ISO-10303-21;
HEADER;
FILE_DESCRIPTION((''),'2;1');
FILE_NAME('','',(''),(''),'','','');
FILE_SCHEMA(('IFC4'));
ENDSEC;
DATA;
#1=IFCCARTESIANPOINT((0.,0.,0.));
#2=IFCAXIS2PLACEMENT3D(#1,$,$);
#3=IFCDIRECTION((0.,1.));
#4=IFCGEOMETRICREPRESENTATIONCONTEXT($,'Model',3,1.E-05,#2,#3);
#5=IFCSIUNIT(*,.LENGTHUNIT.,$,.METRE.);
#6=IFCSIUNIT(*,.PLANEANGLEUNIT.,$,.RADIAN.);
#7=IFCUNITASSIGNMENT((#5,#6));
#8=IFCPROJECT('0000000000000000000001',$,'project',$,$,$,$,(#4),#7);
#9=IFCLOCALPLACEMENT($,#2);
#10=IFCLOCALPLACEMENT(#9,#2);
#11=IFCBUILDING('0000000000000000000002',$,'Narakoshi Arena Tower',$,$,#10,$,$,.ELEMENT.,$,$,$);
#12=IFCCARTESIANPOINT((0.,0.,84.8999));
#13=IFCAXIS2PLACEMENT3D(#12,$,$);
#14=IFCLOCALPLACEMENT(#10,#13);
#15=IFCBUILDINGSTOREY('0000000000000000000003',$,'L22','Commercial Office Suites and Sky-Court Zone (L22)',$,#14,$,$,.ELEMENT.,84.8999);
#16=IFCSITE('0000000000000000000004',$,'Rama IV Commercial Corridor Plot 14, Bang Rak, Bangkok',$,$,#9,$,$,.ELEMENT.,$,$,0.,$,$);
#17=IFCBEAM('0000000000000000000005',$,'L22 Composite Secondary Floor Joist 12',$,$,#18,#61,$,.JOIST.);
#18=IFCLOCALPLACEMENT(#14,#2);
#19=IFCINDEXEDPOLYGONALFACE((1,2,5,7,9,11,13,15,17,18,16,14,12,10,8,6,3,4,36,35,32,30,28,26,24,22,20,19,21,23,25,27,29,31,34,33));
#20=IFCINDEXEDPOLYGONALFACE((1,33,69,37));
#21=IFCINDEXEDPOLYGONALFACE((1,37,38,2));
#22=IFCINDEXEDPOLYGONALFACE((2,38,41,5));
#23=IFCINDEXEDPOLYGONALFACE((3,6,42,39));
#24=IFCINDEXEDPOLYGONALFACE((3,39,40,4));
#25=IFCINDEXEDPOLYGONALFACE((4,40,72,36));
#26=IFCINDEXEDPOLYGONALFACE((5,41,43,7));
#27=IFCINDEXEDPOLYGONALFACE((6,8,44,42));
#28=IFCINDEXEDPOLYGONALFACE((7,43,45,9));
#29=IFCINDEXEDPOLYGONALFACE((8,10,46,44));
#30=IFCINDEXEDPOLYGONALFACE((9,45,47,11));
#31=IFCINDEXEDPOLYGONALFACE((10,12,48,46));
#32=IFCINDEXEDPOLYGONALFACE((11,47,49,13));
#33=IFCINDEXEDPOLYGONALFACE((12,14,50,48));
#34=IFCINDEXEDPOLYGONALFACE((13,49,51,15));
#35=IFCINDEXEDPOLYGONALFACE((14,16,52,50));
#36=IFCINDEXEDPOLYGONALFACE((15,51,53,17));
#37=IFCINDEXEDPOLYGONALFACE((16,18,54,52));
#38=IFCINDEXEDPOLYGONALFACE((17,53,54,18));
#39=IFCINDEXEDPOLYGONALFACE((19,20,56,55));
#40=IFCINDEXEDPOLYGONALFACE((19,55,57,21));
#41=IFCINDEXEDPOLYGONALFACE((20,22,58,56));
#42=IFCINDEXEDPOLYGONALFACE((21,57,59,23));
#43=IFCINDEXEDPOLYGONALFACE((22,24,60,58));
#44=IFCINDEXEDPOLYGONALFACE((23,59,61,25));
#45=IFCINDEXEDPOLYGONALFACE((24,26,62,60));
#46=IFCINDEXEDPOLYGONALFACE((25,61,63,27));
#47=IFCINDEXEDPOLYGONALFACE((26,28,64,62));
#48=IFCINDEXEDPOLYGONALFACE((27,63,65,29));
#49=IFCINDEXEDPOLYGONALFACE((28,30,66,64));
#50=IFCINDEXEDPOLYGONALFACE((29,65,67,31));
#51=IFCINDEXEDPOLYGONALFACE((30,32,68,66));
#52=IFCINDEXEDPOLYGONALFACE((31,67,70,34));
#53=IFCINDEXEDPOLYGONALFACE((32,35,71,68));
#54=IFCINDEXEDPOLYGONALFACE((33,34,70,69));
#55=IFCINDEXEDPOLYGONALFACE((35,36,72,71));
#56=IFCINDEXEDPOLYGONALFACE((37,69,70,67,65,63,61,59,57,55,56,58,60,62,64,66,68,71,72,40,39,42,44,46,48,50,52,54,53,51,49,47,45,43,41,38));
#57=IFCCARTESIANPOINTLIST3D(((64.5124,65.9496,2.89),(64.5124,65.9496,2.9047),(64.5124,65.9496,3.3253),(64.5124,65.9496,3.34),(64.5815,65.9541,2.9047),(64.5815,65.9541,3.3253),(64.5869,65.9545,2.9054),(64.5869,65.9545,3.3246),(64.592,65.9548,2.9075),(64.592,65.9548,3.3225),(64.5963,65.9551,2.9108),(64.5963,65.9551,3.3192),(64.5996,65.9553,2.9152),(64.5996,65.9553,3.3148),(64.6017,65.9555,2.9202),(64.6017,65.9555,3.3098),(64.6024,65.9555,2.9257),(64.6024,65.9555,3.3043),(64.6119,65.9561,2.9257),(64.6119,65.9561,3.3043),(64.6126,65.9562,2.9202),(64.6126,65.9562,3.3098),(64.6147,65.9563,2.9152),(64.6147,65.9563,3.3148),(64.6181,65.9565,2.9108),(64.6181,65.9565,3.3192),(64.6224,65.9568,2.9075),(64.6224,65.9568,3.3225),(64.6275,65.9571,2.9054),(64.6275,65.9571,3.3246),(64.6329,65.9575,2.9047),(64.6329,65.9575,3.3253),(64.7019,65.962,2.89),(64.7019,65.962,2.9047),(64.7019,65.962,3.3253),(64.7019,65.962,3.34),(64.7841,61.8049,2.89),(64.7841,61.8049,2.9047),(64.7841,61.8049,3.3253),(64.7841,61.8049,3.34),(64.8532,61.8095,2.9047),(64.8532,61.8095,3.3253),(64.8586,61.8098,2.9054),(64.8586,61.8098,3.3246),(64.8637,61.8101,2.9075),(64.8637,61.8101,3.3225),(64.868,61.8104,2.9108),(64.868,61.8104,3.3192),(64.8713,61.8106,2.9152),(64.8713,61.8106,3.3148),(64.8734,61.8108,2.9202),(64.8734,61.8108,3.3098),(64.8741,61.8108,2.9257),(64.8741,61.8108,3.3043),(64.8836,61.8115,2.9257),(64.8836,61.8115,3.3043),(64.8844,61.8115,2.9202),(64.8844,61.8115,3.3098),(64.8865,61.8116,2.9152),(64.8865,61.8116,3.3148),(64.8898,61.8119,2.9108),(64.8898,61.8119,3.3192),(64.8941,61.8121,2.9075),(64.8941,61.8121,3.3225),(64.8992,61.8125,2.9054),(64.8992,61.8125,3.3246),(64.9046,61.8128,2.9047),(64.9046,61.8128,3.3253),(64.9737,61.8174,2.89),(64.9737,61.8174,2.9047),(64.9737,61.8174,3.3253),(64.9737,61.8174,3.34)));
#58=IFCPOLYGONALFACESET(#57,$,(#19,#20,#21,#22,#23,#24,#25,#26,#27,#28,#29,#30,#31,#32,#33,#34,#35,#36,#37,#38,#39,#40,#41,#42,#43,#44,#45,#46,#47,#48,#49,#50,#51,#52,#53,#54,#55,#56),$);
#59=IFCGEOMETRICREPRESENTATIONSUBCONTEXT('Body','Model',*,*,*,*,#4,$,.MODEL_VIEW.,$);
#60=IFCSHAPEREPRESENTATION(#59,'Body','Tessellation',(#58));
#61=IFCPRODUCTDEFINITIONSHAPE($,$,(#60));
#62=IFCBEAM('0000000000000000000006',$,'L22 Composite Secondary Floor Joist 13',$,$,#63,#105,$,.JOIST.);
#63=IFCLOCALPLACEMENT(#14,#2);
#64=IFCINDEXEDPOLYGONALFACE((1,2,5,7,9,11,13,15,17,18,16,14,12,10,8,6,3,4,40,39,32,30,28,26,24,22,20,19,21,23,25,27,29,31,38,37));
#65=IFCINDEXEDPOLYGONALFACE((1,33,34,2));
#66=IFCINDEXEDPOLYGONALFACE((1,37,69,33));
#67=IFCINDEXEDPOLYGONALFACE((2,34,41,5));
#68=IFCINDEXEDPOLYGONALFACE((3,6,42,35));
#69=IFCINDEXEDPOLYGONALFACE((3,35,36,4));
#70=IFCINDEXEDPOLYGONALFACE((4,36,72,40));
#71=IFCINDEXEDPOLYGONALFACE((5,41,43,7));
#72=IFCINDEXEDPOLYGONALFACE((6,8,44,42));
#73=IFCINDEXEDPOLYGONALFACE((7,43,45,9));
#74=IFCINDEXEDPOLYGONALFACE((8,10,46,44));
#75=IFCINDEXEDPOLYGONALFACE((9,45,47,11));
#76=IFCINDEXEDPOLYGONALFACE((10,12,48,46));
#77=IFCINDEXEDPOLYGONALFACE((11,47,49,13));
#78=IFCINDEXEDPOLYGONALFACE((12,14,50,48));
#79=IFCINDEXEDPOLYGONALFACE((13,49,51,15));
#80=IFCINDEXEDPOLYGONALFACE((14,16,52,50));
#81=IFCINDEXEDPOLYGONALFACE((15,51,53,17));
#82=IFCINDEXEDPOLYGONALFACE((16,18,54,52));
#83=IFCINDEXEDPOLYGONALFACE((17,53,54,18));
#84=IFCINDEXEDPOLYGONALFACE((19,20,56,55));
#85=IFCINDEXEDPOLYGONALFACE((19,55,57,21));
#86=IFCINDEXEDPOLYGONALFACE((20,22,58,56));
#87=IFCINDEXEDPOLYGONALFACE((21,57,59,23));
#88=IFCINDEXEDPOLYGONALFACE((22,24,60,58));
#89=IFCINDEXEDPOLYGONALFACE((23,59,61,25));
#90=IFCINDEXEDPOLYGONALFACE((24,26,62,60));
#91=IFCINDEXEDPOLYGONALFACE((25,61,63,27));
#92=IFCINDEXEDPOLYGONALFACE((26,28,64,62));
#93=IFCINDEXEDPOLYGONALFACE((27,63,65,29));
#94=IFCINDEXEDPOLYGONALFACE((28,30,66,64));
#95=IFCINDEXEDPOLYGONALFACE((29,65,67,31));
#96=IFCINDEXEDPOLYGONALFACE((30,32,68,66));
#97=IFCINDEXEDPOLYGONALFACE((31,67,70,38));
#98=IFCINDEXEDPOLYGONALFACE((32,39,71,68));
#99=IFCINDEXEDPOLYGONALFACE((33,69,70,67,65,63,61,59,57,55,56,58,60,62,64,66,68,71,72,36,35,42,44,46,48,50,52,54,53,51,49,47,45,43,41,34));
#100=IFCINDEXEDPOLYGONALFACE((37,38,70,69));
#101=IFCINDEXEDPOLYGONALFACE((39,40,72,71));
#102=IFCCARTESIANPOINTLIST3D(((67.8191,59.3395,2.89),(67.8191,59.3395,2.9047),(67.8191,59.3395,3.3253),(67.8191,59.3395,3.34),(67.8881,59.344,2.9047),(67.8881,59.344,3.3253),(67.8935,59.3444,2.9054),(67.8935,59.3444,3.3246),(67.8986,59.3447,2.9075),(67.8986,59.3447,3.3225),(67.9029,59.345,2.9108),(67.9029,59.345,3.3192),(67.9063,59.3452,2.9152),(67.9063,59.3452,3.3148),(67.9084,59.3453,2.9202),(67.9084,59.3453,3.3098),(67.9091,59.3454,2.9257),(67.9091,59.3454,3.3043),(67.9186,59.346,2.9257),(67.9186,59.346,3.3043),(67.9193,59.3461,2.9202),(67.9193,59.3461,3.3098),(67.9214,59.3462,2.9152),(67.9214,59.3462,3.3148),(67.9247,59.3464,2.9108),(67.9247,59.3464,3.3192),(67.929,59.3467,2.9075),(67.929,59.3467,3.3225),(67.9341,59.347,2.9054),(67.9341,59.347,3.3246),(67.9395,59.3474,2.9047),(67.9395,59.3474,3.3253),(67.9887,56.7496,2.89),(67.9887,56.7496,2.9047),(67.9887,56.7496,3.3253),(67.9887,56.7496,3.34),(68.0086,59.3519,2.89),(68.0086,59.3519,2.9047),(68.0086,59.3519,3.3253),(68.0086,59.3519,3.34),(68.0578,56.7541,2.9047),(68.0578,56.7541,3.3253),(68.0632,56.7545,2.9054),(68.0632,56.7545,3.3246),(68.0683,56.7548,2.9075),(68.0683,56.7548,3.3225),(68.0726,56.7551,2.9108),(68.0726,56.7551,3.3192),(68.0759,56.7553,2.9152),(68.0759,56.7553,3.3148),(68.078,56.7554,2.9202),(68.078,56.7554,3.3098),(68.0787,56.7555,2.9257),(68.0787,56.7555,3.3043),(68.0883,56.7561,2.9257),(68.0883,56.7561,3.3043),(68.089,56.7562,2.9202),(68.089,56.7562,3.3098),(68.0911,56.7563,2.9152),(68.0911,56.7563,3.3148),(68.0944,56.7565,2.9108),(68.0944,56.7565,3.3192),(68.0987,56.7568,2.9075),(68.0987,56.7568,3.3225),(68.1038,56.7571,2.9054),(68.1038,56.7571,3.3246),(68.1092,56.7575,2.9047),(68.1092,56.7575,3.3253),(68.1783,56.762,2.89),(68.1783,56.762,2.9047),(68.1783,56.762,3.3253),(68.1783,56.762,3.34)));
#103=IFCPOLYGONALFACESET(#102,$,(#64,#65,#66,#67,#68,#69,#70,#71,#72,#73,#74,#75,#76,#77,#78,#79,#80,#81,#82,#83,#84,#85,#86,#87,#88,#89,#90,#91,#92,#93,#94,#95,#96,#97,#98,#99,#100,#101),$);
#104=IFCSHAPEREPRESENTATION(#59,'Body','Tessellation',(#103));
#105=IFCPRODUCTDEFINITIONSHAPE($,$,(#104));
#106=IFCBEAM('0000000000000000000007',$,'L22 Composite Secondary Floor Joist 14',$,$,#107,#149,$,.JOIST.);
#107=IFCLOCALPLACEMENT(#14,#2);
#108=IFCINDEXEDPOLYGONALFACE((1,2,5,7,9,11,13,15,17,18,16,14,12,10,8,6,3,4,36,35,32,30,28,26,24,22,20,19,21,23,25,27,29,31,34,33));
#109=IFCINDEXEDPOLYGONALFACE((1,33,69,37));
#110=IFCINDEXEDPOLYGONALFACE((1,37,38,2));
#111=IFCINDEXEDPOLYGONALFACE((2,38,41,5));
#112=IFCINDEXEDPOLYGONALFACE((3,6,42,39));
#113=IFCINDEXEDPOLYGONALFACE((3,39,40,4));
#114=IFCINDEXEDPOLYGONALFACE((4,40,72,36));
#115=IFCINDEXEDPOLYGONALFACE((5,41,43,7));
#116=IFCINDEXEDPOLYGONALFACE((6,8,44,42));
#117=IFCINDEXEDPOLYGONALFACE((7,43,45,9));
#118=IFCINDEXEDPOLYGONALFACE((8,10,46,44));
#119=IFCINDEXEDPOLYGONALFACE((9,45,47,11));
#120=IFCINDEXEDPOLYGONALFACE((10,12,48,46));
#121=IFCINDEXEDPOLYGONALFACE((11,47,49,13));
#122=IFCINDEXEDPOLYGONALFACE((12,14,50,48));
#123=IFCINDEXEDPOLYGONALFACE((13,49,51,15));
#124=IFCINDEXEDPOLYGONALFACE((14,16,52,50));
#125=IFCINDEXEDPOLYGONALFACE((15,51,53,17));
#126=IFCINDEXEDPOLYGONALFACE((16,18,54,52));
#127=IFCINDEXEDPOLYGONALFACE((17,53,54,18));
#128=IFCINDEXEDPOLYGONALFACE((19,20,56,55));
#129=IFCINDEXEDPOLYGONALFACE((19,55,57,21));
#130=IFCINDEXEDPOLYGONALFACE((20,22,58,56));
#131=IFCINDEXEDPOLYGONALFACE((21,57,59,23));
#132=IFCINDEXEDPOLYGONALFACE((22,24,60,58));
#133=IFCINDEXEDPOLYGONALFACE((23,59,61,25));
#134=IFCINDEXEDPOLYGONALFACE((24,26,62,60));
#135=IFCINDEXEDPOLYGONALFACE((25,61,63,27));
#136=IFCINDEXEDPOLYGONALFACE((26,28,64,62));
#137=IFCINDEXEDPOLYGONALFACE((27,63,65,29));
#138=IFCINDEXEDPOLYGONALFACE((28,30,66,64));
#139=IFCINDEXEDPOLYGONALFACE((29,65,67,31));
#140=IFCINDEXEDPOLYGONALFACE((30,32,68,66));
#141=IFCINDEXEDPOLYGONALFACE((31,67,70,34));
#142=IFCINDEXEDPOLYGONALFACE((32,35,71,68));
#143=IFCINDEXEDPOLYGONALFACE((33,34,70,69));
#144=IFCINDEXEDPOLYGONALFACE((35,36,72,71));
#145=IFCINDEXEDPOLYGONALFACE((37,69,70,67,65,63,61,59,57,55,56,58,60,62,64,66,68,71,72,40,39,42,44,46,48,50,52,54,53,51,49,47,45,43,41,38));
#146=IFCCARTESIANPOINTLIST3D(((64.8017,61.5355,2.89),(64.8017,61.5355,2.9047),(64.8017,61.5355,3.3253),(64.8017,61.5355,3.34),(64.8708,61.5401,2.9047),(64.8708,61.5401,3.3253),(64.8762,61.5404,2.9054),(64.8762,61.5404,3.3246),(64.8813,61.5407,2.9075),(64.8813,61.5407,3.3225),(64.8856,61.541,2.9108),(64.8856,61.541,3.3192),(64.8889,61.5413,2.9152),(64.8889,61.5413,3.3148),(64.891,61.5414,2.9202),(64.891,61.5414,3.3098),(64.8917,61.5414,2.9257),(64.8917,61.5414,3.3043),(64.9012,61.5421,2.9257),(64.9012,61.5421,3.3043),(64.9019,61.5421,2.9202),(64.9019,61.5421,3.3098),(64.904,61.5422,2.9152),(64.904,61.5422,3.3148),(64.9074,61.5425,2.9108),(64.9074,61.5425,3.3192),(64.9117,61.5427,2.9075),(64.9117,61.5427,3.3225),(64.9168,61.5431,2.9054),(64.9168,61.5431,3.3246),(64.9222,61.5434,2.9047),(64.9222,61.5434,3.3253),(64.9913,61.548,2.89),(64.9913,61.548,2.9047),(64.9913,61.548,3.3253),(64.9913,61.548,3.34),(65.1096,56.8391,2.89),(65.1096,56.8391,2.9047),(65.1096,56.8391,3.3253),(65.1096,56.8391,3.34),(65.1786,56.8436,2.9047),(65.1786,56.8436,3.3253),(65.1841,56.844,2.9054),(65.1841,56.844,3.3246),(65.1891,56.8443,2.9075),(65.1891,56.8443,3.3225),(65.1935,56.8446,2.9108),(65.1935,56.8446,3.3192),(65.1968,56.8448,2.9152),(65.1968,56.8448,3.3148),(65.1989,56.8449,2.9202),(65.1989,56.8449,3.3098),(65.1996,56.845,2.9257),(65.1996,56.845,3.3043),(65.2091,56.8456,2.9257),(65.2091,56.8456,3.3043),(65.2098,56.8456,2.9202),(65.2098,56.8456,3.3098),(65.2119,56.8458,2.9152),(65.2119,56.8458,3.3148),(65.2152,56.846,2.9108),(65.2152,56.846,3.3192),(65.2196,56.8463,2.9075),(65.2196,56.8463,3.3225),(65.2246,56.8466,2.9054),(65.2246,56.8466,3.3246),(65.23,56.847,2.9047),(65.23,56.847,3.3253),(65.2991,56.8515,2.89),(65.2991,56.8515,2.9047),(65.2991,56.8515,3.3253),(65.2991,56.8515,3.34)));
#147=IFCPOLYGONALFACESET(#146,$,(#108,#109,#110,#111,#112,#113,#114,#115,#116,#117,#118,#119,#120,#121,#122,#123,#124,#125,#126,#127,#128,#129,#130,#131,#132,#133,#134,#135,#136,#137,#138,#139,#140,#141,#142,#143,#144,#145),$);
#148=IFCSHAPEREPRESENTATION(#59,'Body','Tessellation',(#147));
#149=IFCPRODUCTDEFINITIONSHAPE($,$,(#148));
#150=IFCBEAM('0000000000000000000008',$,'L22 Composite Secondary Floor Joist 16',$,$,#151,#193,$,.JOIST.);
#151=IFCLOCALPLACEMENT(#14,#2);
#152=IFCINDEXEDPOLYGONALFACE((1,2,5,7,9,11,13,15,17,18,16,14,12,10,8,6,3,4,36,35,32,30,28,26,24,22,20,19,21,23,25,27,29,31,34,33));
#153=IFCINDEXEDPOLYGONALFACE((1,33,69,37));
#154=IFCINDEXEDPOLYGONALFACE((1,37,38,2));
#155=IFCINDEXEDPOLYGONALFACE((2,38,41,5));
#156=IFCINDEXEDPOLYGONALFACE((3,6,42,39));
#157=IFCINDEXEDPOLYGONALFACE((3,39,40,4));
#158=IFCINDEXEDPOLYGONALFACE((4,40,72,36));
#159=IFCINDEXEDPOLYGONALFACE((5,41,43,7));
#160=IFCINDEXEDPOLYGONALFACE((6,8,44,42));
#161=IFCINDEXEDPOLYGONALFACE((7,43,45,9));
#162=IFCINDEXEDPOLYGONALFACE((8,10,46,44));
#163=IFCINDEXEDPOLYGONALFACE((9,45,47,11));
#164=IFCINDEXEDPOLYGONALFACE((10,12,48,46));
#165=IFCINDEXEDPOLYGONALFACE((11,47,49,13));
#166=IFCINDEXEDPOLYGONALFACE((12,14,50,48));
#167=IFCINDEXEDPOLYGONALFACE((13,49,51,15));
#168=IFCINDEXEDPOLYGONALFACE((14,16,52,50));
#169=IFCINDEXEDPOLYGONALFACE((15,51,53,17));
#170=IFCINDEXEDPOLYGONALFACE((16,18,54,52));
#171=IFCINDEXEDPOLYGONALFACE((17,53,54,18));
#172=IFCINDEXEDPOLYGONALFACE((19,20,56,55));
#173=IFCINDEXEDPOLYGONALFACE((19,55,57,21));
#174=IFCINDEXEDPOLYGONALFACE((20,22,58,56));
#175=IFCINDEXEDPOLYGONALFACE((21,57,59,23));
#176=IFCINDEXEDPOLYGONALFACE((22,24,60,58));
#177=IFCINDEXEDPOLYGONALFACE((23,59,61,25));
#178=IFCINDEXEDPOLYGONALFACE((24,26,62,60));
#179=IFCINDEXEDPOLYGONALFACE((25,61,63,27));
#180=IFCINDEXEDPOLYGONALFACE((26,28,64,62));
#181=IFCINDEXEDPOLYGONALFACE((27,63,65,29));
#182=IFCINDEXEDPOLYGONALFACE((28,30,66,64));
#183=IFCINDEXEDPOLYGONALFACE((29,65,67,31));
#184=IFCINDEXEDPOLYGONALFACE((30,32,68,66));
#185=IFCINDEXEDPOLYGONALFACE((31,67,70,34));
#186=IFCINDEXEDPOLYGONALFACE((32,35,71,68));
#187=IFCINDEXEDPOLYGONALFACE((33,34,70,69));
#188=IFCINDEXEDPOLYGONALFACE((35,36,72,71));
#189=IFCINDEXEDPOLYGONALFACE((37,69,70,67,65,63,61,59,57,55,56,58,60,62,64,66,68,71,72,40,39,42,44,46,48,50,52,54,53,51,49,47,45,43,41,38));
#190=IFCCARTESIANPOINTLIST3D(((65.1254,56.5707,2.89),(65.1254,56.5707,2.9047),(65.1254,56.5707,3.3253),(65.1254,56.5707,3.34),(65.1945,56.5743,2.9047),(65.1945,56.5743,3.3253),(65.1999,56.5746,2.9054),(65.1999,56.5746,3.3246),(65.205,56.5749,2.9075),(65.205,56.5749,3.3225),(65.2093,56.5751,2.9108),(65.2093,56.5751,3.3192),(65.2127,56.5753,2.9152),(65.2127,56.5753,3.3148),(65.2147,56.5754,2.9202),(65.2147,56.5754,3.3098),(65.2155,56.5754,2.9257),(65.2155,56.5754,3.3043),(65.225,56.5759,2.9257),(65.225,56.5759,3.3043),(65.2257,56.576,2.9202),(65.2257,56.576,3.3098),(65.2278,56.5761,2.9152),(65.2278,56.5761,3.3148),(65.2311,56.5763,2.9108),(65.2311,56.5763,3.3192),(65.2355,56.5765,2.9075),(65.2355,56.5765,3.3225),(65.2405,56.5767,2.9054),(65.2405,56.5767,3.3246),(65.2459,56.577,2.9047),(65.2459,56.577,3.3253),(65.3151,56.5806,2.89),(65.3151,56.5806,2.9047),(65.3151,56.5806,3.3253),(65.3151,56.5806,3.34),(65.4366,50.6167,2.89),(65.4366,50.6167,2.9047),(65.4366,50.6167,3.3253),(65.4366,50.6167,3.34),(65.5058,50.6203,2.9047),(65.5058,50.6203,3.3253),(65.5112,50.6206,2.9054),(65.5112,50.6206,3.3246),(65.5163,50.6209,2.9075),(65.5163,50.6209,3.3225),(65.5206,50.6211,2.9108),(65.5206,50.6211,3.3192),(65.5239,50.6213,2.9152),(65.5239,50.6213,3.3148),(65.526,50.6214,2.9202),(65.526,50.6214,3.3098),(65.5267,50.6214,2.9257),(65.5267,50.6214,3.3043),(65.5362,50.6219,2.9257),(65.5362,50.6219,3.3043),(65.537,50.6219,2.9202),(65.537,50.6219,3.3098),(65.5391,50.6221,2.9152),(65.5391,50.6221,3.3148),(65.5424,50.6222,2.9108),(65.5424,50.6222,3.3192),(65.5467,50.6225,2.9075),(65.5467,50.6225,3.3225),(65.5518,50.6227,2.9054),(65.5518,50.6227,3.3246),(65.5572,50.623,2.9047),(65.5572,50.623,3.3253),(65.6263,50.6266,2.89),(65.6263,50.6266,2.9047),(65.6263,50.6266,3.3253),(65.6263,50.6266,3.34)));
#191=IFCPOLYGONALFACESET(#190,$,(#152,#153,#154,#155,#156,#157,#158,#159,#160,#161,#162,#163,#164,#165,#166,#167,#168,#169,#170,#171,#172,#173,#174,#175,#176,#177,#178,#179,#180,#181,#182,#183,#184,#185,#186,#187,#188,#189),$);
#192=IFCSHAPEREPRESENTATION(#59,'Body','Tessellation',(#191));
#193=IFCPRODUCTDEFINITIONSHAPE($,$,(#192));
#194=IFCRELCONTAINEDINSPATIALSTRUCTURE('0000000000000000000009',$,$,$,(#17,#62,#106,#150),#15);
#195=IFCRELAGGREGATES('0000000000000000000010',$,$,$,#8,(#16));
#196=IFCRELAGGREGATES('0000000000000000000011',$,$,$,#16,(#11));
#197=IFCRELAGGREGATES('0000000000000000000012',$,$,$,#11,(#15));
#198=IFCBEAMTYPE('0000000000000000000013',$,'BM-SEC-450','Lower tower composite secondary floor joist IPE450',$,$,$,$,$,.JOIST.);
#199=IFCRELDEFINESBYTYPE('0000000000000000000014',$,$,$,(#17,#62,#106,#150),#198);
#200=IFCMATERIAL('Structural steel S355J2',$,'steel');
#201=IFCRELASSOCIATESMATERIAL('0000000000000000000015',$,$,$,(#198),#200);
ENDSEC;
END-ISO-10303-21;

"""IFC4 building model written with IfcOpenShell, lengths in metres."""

from ifc_helpers import new_model, si_unit, direction, frame, origin, origin_2d, place, context, subcontext, project, spatial, i_section, extrude, material, material_profile, profile_set, type_object, element, save


model = new_model("IFC4")

# Units and contexts
model_context = context("Model", 3, precision=1e-05, world=origin(), true_north=direction((0.0, 1.0)))
body_context = subcontext(model_context, "Body", "Model", "MODEL_VIEW")
ifc_project = project(units=[si_unit("LENGTHUNIT", "METRE"), si_unit("PLANEANGLEUNIT", "RADIAN")], contexts=[model_context])

# Site, building, storey
site_placement = place(None, origin())
site = spatial("IfcSite", under=ifc_project, at=site_placement, Name="Rama IV Commercial Corridor Plot 14, Bang Rak, Bangkok", CompositionType="ELEMENT", RefElevation=0.0)
building_placement = place(site_placement, origin())
building = spatial("IfcBuilding", under=site, at=building_placement, Name="Narakoshi Arena Tower", CompositionType="ELEMENT")
storey_placement = place(building_placement, frame((0.0, 0.0, 84.8999)))
storey = spatial("IfcBuildingStorey", under=building, at=storey_placement, Name="L22", Description="Commercial Office Suites and Sky-Court Zone (L22)", CompositionType="ELEMENT", Elevation=84.8999)

# Beams
ifc_material_1 = material(Name="Structural steel S355J2", Category="steel")
ifc_material_profile_1 = material_profile(ifc_material_1, i_section(OverallWidth=0.1899, OverallDepth=0.45, WebThickness=0.0095, FlangeThickness=0.0146, FilletRadius=0.021, at=origin_2d()), Name="IPE450")
ifc_profile_set_1 = profile_set([ifc_material_profile_1], Name="Structural steel S355J2")
beam_type_1 = type_object("IfcBeamType", Name="BM-SEC-450", Description="Lower tower composite secondary floor joist IPE450", PredefinedType="JOIST", material=ifc_profile_set_1)
beam_1_placement = place(storey_placement, frame((64.6072, 65.9558, 3.115), z_axis=(0.065419, -0.997858, 0.0), x_axis=(0.997858, 0.065419, 0.0)))
element("IfcBeam", 1, at=beam_1_placement, inside=storey, type_object=beam_type_1, Name="L22 Composite Secondary Floor Joist 12", PredefinedType="JOIST", context=body_context, shape_type="SweptSolid", body=[
    extrude(i_section(OverallWidth=0.1899, OverallDepth=0.45, WebThickness=0.0095, FlangeThickness=0.0146, FilletRadius=0.021, at=origin_2d()), origin(), (0.0, 0.0, 1.0), 4.1536),
])
beam_2_placement = place(storey_placement, frame((67.9138, 59.3457, 3.115), z_axis=(0.065376, -0.997861, 0.0), x_axis=(0.997861, 0.065376, 0.0)))
element("IfcBeam", 2, at=beam_2_placement, inside=storey, type_object=beam_type_1, Name="L22 Composite Secondary Floor Joist 13", PredefinedType="JOIST", context=body_context, shape_type="SweptSolid", body=[
    extrude(i_section(OverallWidth=0.1899, OverallDepth=0.45, WebThickness=0.0095, FlangeThickness=0.0146, FilletRadius=0.021, at=origin_2d()), origin(), (0.0, 0.0, 1.0), 2.5955),
])
beam_3_placement = place(storey_placement, frame((64.8965, 61.5417, 3.115), z_axis=(0.06541, -0.997858, 0.0), x_axis=(0.997858, 0.06541, 0.0)))
element("IfcBeam", 3, at=beam_3_placement, inside=storey, type_object=beam_type_1, Name="L22 Composite Secondary Floor Joist 14", PredefinedType="JOIST", context=body_context, shape_type="SweptSolid", body=[
    extrude(i_section(OverallWidth=0.1899, OverallDepth=0.45, WebThickness=0.0095, FlangeThickness=0.0146, FilletRadius=0.021, at=origin_2d()), origin(), (0.0, 0.0, 1.0), 4.7065),
])
beam_4_placement = place(storey_placement, frame((65.2202, 56.5757, 3.115), z_axis=(0.052209, -0.998636, 0.0), x_axis=(0.998636, 0.052209, 0.0)))
element("IfcBeam", 4, at=beam_4_placement, inside=storey, type_object=beam_type_1, Name="L22 Composite Secondary Floor Joist 16", PredefinedType="JOIST", context=body_context, shape_type="SweptSolid", body=[
    extrude(i_section(OverallWidth=0.1899, OverallDepth=0.45, WebThickness=0.0095, FlangeThickness=0.0146, FilletRadius=0.021, at=origin_2d()), origin(), (0.0, 0.0, 1.0), 5.9622),
])

save(model, "model.ifc")
